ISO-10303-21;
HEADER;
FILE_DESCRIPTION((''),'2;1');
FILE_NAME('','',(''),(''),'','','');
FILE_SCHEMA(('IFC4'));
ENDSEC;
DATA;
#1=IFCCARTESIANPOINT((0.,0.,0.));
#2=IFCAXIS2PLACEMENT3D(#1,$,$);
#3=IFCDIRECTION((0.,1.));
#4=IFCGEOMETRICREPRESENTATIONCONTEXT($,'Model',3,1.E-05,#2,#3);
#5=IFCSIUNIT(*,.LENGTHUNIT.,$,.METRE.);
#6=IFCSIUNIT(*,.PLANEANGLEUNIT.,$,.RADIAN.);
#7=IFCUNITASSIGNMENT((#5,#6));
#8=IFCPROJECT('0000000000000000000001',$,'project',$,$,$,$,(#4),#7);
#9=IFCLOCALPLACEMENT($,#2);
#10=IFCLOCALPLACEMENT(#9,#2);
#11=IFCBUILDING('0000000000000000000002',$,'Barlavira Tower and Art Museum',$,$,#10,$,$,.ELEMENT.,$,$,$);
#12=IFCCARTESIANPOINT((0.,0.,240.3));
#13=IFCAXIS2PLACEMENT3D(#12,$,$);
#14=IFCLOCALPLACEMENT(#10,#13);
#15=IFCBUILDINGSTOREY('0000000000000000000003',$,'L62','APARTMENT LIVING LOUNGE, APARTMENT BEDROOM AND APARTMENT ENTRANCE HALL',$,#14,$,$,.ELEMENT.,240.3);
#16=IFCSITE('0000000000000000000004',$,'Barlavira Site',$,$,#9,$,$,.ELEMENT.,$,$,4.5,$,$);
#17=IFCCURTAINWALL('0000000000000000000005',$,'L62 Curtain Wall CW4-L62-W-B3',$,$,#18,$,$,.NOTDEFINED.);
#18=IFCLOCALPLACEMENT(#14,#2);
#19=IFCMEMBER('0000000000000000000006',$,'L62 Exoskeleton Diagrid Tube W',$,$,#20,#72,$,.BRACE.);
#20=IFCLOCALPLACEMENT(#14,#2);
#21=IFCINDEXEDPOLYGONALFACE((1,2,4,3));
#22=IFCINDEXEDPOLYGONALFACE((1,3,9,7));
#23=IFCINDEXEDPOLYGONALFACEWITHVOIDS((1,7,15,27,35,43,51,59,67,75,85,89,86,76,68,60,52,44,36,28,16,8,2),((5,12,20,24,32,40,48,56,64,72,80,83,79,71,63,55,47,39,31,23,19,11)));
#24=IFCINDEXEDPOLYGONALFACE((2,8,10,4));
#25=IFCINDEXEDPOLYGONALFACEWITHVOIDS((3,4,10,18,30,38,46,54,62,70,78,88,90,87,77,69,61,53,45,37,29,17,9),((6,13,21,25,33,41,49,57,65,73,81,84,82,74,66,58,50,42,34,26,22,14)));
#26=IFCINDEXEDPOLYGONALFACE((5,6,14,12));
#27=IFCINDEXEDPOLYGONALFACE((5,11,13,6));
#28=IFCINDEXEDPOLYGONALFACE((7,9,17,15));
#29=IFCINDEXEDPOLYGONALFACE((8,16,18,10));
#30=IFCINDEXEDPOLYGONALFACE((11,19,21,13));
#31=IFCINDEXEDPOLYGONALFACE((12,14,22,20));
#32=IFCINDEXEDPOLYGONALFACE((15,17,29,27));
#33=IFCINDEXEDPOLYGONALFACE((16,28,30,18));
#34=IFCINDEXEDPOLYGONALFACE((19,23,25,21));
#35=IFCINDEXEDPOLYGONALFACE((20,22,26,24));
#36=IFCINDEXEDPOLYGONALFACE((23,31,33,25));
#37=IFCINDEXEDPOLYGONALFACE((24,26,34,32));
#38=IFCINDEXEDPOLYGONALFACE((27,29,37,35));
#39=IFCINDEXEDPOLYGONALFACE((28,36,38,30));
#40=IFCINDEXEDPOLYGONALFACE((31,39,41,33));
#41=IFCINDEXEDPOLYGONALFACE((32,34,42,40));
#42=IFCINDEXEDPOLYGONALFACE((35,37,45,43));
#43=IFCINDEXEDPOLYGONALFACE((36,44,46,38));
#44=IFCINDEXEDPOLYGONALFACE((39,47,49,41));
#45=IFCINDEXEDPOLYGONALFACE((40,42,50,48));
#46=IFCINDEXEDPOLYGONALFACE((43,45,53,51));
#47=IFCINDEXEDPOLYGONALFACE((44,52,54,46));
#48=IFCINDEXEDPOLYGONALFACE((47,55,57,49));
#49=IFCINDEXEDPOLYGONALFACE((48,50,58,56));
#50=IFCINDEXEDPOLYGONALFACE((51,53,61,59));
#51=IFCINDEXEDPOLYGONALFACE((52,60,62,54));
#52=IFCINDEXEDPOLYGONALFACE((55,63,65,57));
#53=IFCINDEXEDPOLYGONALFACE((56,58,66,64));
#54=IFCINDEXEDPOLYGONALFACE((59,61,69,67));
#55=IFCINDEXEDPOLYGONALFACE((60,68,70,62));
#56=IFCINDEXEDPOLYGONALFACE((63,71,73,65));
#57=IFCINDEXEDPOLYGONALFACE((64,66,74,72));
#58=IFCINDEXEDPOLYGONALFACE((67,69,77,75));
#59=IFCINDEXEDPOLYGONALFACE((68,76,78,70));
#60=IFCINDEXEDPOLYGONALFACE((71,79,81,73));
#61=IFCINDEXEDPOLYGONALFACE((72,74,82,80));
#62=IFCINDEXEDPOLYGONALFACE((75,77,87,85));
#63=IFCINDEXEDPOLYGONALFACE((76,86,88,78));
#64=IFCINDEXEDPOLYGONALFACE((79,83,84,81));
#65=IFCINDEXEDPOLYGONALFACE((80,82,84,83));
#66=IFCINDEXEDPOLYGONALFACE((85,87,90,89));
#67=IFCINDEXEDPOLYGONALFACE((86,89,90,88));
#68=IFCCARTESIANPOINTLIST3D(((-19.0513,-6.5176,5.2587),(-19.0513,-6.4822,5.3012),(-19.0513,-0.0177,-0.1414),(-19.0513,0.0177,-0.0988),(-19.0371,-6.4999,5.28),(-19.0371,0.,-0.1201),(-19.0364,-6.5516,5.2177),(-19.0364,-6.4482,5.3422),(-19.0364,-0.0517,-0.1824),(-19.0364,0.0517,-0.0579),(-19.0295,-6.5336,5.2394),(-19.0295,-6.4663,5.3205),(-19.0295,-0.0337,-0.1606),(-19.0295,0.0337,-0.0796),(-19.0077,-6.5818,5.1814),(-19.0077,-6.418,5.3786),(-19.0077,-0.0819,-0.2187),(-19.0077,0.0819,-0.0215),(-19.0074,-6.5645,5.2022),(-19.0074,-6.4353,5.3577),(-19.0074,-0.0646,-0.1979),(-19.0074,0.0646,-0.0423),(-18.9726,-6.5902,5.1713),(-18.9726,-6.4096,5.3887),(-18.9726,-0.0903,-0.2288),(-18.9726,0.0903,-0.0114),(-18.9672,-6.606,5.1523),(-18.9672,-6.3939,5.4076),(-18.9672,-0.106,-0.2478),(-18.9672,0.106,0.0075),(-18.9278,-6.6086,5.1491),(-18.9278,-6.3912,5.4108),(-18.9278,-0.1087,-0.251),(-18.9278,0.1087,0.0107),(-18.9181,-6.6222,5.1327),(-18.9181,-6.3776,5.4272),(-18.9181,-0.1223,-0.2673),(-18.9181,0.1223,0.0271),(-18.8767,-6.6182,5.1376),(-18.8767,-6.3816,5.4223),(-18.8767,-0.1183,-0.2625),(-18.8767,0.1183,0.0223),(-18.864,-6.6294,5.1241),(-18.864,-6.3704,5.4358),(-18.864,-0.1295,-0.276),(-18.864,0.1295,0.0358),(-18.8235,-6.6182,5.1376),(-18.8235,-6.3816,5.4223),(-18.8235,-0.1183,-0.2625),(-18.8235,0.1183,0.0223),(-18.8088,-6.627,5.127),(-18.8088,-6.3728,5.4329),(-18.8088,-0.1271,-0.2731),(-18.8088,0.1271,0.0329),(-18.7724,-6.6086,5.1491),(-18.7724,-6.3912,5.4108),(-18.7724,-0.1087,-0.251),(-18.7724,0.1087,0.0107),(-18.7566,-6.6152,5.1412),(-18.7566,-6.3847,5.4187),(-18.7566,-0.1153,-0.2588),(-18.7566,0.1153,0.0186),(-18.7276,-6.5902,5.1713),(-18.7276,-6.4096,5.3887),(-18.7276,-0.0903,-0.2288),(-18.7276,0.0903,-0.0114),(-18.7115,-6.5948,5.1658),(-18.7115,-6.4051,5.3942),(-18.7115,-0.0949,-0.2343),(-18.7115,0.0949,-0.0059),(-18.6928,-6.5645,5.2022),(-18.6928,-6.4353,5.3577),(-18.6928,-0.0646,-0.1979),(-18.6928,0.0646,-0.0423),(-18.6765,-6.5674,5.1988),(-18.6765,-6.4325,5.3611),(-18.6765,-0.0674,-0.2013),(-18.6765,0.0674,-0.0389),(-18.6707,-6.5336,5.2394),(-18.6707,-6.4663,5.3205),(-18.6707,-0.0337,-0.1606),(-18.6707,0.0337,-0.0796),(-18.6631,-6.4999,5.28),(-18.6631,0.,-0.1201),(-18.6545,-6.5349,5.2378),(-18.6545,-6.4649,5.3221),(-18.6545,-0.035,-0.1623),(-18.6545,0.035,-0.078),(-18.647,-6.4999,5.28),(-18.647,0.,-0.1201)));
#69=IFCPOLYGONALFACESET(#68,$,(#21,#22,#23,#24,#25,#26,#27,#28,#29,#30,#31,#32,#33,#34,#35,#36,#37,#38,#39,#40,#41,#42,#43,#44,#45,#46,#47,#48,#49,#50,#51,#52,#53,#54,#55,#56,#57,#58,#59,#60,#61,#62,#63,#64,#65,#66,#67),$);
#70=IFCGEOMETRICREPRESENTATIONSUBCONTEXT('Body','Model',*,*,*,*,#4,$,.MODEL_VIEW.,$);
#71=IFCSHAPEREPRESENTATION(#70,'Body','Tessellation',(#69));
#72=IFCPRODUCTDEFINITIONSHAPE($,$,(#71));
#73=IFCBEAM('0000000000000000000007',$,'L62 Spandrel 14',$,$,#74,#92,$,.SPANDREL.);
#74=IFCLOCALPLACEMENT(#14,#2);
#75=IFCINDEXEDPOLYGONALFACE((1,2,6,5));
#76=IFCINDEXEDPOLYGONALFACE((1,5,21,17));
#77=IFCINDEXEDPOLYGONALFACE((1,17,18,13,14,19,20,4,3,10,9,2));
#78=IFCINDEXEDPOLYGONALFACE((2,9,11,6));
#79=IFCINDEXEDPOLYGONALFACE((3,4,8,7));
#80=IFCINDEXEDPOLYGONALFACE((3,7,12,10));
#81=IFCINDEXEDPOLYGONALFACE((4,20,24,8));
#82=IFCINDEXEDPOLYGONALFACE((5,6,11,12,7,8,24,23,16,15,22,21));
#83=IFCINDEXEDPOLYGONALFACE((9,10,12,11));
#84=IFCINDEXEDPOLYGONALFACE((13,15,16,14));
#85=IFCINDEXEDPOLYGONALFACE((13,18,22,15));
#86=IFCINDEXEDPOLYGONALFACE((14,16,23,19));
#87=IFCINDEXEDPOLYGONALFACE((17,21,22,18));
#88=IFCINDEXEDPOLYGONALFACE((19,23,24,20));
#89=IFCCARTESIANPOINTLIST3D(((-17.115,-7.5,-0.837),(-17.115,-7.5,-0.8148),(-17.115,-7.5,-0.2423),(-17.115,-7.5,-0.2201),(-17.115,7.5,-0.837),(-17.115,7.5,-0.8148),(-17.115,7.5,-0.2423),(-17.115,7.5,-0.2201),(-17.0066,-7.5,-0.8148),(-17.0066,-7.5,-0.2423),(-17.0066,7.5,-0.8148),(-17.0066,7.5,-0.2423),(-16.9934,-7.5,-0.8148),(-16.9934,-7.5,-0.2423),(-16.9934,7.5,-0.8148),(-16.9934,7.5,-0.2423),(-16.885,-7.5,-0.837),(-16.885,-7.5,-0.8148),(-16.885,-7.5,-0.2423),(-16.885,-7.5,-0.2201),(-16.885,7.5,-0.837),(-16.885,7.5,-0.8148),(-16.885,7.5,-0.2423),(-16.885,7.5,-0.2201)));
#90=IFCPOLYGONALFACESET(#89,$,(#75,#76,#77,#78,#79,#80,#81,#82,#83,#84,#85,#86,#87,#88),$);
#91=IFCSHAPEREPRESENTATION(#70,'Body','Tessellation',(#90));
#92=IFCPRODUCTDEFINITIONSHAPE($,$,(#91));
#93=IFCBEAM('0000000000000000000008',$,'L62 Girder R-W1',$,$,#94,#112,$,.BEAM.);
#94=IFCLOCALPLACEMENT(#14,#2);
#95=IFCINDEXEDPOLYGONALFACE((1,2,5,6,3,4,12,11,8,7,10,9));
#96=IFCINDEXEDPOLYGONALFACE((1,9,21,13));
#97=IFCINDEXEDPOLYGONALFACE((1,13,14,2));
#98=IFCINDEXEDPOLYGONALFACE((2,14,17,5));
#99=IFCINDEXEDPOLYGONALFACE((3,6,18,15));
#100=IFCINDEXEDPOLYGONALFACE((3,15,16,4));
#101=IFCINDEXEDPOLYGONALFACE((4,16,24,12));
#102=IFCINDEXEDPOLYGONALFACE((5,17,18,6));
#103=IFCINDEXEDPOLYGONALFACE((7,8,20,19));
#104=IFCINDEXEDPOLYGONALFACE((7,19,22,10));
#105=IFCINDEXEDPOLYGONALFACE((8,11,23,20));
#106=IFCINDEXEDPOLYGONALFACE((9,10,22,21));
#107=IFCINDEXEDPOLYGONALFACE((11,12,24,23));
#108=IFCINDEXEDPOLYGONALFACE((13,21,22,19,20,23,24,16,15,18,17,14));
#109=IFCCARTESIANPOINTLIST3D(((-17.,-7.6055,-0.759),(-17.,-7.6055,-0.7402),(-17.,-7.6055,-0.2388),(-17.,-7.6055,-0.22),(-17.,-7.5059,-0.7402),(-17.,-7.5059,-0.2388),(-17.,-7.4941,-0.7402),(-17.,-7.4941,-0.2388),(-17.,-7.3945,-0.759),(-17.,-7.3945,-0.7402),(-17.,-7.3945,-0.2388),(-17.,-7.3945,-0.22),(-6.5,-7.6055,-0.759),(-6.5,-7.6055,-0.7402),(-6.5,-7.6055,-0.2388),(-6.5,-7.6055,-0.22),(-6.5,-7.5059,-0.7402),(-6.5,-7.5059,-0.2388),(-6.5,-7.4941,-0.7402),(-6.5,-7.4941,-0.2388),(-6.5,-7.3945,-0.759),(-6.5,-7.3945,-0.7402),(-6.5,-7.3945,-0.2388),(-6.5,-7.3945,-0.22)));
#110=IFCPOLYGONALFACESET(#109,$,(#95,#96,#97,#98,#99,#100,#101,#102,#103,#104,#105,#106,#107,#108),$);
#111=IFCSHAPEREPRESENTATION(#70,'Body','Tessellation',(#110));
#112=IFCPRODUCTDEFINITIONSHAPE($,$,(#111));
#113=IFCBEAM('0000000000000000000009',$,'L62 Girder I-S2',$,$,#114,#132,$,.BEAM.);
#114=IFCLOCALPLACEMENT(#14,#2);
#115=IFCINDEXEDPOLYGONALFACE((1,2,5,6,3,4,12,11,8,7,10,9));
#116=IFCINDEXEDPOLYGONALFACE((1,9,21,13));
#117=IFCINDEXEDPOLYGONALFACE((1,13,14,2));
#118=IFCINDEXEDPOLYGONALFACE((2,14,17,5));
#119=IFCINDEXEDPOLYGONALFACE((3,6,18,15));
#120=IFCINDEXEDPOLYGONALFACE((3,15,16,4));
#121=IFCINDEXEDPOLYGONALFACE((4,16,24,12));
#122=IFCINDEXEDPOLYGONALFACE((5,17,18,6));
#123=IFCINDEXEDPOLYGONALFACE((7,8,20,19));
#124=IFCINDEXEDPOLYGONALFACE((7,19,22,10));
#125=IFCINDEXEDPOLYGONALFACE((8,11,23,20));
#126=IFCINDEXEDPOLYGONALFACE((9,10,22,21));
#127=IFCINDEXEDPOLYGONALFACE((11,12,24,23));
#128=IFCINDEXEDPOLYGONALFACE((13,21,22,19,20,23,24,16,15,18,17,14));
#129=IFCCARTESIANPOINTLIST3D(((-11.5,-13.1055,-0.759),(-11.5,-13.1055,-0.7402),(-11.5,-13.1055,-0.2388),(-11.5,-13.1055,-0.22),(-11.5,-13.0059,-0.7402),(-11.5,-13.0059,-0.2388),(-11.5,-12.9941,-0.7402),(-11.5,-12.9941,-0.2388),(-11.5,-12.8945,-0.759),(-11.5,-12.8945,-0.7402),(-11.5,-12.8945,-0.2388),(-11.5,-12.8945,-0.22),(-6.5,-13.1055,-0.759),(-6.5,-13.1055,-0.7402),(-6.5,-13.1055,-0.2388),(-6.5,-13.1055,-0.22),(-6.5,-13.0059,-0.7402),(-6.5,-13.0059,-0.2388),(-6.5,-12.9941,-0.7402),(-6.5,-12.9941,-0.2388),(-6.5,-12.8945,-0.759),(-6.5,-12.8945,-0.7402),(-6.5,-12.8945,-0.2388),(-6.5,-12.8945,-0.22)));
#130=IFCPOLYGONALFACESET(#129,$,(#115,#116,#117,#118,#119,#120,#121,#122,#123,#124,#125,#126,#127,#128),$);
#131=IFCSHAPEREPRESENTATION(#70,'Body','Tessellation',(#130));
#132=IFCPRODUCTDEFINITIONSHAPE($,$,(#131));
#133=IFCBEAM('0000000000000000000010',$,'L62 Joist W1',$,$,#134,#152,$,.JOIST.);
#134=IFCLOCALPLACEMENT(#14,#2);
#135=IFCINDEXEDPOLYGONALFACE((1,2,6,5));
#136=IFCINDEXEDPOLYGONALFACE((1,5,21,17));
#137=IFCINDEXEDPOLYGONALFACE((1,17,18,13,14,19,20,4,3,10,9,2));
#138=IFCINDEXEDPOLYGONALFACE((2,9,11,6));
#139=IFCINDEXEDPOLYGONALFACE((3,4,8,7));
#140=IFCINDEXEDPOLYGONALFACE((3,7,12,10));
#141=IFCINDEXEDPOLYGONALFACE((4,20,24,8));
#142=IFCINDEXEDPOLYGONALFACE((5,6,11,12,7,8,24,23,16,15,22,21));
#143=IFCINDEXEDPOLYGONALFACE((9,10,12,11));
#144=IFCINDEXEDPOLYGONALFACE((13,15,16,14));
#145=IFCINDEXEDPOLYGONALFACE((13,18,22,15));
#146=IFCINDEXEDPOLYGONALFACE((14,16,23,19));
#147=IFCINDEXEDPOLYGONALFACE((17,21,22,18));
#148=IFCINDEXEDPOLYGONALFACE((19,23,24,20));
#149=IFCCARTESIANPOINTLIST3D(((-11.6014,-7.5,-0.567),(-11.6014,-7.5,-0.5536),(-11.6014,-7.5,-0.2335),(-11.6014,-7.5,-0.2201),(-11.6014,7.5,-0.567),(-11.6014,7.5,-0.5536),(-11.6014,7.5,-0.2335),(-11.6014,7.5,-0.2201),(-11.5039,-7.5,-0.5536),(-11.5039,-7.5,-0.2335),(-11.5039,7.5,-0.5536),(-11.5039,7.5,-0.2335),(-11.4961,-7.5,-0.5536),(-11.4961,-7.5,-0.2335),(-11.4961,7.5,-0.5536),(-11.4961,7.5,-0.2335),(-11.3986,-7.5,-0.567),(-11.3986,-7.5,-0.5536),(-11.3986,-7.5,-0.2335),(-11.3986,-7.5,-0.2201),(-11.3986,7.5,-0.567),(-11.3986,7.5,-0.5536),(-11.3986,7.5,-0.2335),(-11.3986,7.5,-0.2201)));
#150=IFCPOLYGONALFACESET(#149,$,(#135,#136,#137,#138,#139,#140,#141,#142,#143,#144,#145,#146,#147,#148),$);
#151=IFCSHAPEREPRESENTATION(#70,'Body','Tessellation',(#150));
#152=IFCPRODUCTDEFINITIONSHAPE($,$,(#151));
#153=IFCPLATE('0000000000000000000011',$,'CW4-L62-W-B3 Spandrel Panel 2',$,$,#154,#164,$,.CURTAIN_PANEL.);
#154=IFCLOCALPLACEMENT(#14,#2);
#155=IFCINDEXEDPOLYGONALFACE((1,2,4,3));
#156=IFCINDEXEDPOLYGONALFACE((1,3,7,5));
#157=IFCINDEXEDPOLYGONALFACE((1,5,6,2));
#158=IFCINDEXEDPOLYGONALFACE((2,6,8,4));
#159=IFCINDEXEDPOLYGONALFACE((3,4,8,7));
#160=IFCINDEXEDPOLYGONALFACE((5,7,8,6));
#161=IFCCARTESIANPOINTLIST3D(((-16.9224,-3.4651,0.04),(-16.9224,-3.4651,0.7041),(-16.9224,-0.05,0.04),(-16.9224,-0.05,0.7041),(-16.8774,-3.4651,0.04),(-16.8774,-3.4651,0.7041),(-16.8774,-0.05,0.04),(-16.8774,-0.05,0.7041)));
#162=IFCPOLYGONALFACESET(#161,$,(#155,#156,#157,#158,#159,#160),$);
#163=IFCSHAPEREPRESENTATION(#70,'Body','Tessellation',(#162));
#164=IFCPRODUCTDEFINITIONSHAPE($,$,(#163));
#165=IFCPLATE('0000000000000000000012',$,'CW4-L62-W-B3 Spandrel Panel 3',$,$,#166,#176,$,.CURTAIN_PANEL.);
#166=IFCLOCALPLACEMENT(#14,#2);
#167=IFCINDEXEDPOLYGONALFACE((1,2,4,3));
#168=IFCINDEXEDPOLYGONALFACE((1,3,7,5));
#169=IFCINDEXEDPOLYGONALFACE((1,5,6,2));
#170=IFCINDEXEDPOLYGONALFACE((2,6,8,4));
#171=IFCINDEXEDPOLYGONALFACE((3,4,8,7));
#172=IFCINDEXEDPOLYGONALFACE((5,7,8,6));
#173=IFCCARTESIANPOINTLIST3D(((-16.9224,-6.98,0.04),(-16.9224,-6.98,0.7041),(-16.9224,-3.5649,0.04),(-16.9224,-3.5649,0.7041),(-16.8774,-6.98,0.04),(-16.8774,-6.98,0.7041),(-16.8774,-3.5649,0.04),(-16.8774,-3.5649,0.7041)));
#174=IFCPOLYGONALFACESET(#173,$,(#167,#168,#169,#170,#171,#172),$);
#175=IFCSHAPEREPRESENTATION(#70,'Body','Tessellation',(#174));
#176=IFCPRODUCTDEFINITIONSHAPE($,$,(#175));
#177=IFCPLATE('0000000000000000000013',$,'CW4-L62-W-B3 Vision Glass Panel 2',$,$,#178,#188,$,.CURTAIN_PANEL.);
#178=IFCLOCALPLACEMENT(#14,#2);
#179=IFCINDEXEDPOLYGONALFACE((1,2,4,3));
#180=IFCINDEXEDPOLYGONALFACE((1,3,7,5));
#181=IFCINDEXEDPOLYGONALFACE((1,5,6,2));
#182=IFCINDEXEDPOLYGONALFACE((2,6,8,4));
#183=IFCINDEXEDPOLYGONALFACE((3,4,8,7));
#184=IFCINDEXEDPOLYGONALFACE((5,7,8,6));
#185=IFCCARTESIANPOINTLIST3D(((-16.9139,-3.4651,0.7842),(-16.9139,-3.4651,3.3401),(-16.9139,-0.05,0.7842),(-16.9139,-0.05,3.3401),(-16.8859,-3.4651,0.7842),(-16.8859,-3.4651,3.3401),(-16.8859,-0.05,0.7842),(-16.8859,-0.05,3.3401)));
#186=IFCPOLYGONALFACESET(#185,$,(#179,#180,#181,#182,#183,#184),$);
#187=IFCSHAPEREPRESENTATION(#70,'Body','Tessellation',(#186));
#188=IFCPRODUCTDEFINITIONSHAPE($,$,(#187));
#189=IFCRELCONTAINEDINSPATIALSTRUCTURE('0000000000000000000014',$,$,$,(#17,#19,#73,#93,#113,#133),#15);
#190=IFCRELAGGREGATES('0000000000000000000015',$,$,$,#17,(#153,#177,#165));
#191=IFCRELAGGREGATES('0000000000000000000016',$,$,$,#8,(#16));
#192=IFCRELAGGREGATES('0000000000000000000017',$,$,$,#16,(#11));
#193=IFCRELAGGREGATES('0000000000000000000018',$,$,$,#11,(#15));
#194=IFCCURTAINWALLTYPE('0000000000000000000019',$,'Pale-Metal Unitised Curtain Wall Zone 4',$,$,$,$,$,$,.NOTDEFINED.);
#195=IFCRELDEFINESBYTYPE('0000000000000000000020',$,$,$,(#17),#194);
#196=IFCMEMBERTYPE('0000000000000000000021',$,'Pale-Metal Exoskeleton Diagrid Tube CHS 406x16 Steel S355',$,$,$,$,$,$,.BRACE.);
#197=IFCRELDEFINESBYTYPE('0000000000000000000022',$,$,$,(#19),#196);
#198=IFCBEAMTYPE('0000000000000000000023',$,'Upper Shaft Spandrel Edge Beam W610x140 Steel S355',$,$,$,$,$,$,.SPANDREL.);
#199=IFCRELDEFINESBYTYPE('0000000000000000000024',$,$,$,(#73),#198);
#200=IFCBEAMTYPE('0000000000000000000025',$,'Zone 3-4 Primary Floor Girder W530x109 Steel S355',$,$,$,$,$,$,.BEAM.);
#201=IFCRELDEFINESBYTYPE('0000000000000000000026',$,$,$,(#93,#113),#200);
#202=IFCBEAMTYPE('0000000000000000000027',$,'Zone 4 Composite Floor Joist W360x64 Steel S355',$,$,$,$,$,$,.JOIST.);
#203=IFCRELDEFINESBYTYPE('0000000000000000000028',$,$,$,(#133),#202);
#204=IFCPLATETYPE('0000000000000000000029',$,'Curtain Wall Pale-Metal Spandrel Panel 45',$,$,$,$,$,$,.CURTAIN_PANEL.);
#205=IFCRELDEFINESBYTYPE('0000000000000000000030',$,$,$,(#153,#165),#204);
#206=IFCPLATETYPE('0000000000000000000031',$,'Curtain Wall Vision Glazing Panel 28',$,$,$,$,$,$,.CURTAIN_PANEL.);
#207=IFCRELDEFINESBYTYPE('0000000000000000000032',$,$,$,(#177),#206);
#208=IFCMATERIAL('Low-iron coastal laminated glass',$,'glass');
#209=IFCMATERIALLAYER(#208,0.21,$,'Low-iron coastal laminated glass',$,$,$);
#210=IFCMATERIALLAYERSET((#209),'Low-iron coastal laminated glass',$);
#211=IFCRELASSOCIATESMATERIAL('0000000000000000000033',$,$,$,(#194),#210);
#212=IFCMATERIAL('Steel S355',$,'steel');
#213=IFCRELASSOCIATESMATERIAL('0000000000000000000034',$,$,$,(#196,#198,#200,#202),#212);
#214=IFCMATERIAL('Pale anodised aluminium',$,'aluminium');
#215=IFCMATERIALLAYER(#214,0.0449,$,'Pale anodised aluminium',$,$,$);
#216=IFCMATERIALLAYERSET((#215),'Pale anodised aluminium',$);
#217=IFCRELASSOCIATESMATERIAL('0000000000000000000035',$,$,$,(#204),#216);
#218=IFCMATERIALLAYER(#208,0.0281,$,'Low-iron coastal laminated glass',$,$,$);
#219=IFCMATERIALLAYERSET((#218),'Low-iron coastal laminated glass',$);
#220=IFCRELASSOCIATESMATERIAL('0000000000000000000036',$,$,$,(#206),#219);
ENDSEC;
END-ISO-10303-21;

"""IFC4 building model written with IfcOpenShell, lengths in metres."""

from ifc_helpers import new_model, si_unit, direction, frame, origin, origin_2d, place, context, subcontext, project, spatial, rectangle, hollow_circle, i_section, extrude, material, layer, layer_set, material_profile, profile_set, type_object, element, aggregate, save


model = new_model("IFC4")

# Units and contexts
model_context = context("Model", 3, precision=1e-05, world=origin(), true_north=direction((0.0, 1.0)))
body_context = subcontext(model_context, "Body", "Model", "MODEL_VIEW")
ifc_project = project(units=[si_unit("LENGTHUNIT", "METRE"), si_unit("PLANEANGLEUNIT", "RADIAN")], contexts=[model_context])

# Site, building, storey
site_placement = place(None, origin())
site = spatial("IfcSite", under=ifc_project, at=site_placement, Name="Barlavira Site", CompositionType="ELEMENT", RefElevation=4.5)
building_placement = place(site_placement, origin())
building = spatial("IfcBuilding", under=site, at=building_placement, Name="Barlavira Tower and Art Museum", CompositionType="ELEMENT")
storey_placement = place(building_placement, frame((0.0, 0.0, 240.3)))
storey = spatial("IfcBuildingStorey", under=building, at=storey_placement, Name="L62", Description="APARTMENT LIVING LOUNGE, APARTMENT BEDROOM AND APARTMENT ENTRANCE HALL", CompositionType="ELEMENT", Elevation=240.3)

# Curtain wall
ifc_material_1 = material(Name="Low-iron coastal laminated glass", Category="glass")
ifc_layer_1 = layer(ifc_material_1, 0.21, Name="Low-iron coastal laminated glass")
ifc_layer_set_1 = layer_set([ifc_layer_1], Name="Low-iron coastal laminated glass")
curtain_wall_type = type_object("IfcCurtainWallType", Name="Pale-Metal Unitised Curtain Wall Zone 4", PredefinedType="NOTDEFINED", material=ifc_layer_set_1)
curtain_wall_placement = place(storey_placement, origin())
curtain_wall = element("IfcCurtainWall", 1, at=curtain_wall_placement, inside=storey, type_object=curtain_wall_type, Name="L62 Curtain Wall CW4-L62-W-B3", PredefinedType="NOTDEFINED")
ifc_material_2 = material(Name="Pale anodised aluminium", Category="aluminium")

# Member
ifc_material_3 = material(Name="Steel S355", Category="steel")
ifc_material_profile_1 = material_profile(ifc_material_3, hollow_circle(Radius=0.2031, WallThickness=0.0161, at=origin_2d()), Name="CHS 406.4x16.0")
ifc_profile_set_1 = profile_set([ifc_material_profile_1], Name="Steel S355")
member_type_1 = type_object("IfcMemberType", Name="Pale-Metal Exoskeleton Diagrid Tube CHS 406x16 Steel S355", PredefinedType="BRACE", material=ifc_profile_set_1)
member_1_placement = place(storey_placement, frame((-18.8501, 0.0, -0.1201), z_axis=(0.0, -0.769182, 0.63903), x_axis=(1.0, 0.0, 0.0)))
element("IfcMember", 2, at=member_1_placement, inside=storey, type_object=member_type_1, Name="L62 Exoskeleton Diagrid Tube W", PredefinedType="BRACE", context=body_context, shape_type="SweptSolid", body=[
    extrude(hollow_circle(Radius=0.2031, WallThickness=0.0161, at=origin_2d()), origin(), (0.0, 0.0, 1.0), 8.4504),
])

# Beams
ifc_material_profile_2 = material_profile(ifc_material_3, i_section(OverallWidth=0.23, OverallDepth=0.6169, WebThickness=0.0132, FlangeThickness=0.0222, at=origin_2d()), Name="W610x140.0")
ifc_profile_set_2 = profile_set([ifc_material_profile_2], Name="Steel S355")
beam_type_1 = type_object("IfcBeamType", Name="Upper Shaft Spandrel Edge Beam W610x140 Steel S355", PredefinedType="SPANDREL", material=ifc_profile_set_2)
beam_1_placement = place(storey_placement, frame((-17.0, -7.5, -0.5286), z_axis=(0.0, 1.0, 0.0), x_axis=(-1.0, 0.0, 0.0)))
element("IfcBeam", 3, at=beam_1_placement, inside=storey, type_object=beam_type_1, Name="L62 Spandrel 14", PredefinedType="SPANDREL", context=body_context, shape_type="SweptSolid", body=[
    extrude(i_section(OverallWidth=0.23, OverallDepth=0.6169, WebThickness=0.0132, FlangeThickness=0.0222, at=origin_2d()), origin(), (0.0, 0.0, 1.0), 15.0),
])
ifc_material_profile_3 = material_profile(ifc_material_3, i_section(OverallWidth=0.2109, OverallDepth=0.5391, WebThickness=0.0117, FlangeThickness=0.0188, at=origin_2d()), Name="W530x109.0")
ifc_profile_set_3 = profile_set([ifc_material_profile_3], Name="Steel S355")
beam_type_2 = type_object("IfcBeamType", Name="Zone 3-4 Primary Floor Girder W530x109 Steel S355", PredefinedType="BEAM", material=ifc_profile_set_3)
beam_2_placement = place(storey_placement, frame((-17.0, -7.5, -0.4895), z_axis=(1.0, 0.0, 0.0), x_axis=(0.0, 1.0, 0.0)))
element("IfcBeam", 4, at=beam_2_placement, inside=storey, type_object=beam_type_2, Name="L62 Girder R-W1", PredefinedType="BEAM", context=body_context, shape_type="SweptSolid", body=[
    extrude(i_section(OverallWidth=0.2109, OverallDepth=0.5391, WebThickness=0.0117, FlangeThickness=0.0188, at=origin_2d()), origin(), (0.0, 0.0, 1.0), 10.5),
])
beam_3_placement = place(storey_placement, frame((-11.5, -13.0, -0.4895), z_axis=(1.0, 0.0, 0.0), x_axis=(0.0, 1.0, 0.0)))
element("IfcBeam", 5, at=beam_3_placement, inside=storey, type_object=beam_type_2, Name="L62 Girder I-S2", PredefinedType="BEAM", context=body_context, shape_type="SweptSolid", body=[
    extrude(i_section(OverallWidth=0.2109, OverallDepth=0.5391, WebThickness=0.0117, FlangeThickness=0.0188, at=origin_2d()), origin(), (0.0, 0.0, 1.0), 5.0),
])
ifc_material_profile_4 = material_profile(ifc_material_3, i_section(OverallWidth=0.2029, OverallDepth=0.3469, WebThickness=0.0078, FlangeThickness=0.0134, at=origin_2d()), Name="W360x64.0")
ifc_profile_set_4 = profile_set([ifc_material_profile_4], Name="Steel S355")
beam_type_3 = type_object("IfcBeamType", Name="Zone 4 Composite Floor Joist W360x64 Steel S355", PredefinedType="JOIST", material=ifc_profile_set_4)
beam_4_placement = place(storey_placement, frame((-11.5, -7.5, -0.3936), z_axis=(0.0, 1.0, 0.0), x_axis=(-1.0, 0.0, 0.0)))
element("IfcBeam", 6, at=beam_4_placement, inside=storey, type_object=beam_type_3, Name="L62 Joist W1", PredefinedType="JOIST", context=body_context, shape_type="SweptSolid", body=[
    extrude(i_section(OverallWidth=0.2029, OverallDepth=0.3469, WebThickness=0.0078, FlangeThickness=0.0134, at=origin_2d()), origin(), (0.0, 0.0, 1.0), 15.0),
])

# Plates
ifc_layer_2 = layer(ifc_material_2, 0.0449, Name="Pale anodised aluminium")
ifc_layer_set_2 = layer_set([ifc_layer_2], Name="Pale anodised aluminium")
plate_type_1 = type_object("IfcPlateType", Name="Curtain Wall Pale-Metal Spandrel Panel 45", PredefinedType="CURTAIN_PANEL", material=ifc_layer_set_2)
plate_1_placement = place(storey_placement, frame((-16.8999, -1.7576, 0.04), z_axis=(0.0, 0.0, 1.0), x_axis=(0.0, -1.0, 0.0)))
plate_1 = element("IfcPlate", 7, at=plate_1_placement, type_object=plate_type_1, Name="CW4-L62-W-B3 Spandrel Panel 2", PredefinedType="CURTAIN_PANEL", context=body_context, shape_type="SweptSolid", body=[
    extrude(rectangle(XDim=3.415, YDim=0.0449, at=origin_2d()), origin(), (0.0, 0.0, 1.0), 0.6641),
])
plate_2_placement = place(storey_placement, frame((-16.8999, -5.2725, 0.04), z_axis=(0.0, 0.0, 1.0), x_axis=(0.0, -1.0, 0.0)))
plate_2 = element("IfcPlate", 8, at=plate_2_placement, type_object=plate_type_1, Name="CW4-L62-W-B3 Spandrel Panel 3", PredefinedType="CURTAIN_PANEL", context=body_context, shape_type="SweptSolid", body=[
    extrude(rectangle(XDim=3.415, YDim=0.0449, at=origin_2d()), origin(), (0.0, 0.0, 1.0), 0.6641),
])
ifc_layer_3 = layer(ifc_material_1, 0.0281, Name="Low-iron coastal laminated glass")
ifc_layer_set_3 = layer_set([ifc_layer_3], Name="Low-iron coastal laminated glass")
plate_type_2 = type_object("IfcPlateType", Name="Curtain Wall Vision Glazing Panel 28", PredefinedType="CURTAIN_PANEL", material=ifc_layer_set_3)
plate_3_placement = place(storey_placement, frame((-16.8999, -1.7576, 0.7842), z_axis=(0.0, 0.0, 1.0), x_axis=(0.0, -1.0, 0.0)))
plate_3 = element("IfcPlate", 9, at=plate_3_placement, type_object=plate_type_2, Name="CW4-L62-W-B3 Vision Glass Panel 2", PredefinedType="CURTAIN_PANEL", context=body_context, shape_type="SweptSolid", body=[
    extrude(rectangle(XDim=3.415, YDim=0.0281, at=origin_2d()), origin(), (0.0, 0.0, 1.0), 2.5559),
])
aggregate(curtain_wall, [plate_1, plate_3, plate_2])

save(model, "model.ifc")
